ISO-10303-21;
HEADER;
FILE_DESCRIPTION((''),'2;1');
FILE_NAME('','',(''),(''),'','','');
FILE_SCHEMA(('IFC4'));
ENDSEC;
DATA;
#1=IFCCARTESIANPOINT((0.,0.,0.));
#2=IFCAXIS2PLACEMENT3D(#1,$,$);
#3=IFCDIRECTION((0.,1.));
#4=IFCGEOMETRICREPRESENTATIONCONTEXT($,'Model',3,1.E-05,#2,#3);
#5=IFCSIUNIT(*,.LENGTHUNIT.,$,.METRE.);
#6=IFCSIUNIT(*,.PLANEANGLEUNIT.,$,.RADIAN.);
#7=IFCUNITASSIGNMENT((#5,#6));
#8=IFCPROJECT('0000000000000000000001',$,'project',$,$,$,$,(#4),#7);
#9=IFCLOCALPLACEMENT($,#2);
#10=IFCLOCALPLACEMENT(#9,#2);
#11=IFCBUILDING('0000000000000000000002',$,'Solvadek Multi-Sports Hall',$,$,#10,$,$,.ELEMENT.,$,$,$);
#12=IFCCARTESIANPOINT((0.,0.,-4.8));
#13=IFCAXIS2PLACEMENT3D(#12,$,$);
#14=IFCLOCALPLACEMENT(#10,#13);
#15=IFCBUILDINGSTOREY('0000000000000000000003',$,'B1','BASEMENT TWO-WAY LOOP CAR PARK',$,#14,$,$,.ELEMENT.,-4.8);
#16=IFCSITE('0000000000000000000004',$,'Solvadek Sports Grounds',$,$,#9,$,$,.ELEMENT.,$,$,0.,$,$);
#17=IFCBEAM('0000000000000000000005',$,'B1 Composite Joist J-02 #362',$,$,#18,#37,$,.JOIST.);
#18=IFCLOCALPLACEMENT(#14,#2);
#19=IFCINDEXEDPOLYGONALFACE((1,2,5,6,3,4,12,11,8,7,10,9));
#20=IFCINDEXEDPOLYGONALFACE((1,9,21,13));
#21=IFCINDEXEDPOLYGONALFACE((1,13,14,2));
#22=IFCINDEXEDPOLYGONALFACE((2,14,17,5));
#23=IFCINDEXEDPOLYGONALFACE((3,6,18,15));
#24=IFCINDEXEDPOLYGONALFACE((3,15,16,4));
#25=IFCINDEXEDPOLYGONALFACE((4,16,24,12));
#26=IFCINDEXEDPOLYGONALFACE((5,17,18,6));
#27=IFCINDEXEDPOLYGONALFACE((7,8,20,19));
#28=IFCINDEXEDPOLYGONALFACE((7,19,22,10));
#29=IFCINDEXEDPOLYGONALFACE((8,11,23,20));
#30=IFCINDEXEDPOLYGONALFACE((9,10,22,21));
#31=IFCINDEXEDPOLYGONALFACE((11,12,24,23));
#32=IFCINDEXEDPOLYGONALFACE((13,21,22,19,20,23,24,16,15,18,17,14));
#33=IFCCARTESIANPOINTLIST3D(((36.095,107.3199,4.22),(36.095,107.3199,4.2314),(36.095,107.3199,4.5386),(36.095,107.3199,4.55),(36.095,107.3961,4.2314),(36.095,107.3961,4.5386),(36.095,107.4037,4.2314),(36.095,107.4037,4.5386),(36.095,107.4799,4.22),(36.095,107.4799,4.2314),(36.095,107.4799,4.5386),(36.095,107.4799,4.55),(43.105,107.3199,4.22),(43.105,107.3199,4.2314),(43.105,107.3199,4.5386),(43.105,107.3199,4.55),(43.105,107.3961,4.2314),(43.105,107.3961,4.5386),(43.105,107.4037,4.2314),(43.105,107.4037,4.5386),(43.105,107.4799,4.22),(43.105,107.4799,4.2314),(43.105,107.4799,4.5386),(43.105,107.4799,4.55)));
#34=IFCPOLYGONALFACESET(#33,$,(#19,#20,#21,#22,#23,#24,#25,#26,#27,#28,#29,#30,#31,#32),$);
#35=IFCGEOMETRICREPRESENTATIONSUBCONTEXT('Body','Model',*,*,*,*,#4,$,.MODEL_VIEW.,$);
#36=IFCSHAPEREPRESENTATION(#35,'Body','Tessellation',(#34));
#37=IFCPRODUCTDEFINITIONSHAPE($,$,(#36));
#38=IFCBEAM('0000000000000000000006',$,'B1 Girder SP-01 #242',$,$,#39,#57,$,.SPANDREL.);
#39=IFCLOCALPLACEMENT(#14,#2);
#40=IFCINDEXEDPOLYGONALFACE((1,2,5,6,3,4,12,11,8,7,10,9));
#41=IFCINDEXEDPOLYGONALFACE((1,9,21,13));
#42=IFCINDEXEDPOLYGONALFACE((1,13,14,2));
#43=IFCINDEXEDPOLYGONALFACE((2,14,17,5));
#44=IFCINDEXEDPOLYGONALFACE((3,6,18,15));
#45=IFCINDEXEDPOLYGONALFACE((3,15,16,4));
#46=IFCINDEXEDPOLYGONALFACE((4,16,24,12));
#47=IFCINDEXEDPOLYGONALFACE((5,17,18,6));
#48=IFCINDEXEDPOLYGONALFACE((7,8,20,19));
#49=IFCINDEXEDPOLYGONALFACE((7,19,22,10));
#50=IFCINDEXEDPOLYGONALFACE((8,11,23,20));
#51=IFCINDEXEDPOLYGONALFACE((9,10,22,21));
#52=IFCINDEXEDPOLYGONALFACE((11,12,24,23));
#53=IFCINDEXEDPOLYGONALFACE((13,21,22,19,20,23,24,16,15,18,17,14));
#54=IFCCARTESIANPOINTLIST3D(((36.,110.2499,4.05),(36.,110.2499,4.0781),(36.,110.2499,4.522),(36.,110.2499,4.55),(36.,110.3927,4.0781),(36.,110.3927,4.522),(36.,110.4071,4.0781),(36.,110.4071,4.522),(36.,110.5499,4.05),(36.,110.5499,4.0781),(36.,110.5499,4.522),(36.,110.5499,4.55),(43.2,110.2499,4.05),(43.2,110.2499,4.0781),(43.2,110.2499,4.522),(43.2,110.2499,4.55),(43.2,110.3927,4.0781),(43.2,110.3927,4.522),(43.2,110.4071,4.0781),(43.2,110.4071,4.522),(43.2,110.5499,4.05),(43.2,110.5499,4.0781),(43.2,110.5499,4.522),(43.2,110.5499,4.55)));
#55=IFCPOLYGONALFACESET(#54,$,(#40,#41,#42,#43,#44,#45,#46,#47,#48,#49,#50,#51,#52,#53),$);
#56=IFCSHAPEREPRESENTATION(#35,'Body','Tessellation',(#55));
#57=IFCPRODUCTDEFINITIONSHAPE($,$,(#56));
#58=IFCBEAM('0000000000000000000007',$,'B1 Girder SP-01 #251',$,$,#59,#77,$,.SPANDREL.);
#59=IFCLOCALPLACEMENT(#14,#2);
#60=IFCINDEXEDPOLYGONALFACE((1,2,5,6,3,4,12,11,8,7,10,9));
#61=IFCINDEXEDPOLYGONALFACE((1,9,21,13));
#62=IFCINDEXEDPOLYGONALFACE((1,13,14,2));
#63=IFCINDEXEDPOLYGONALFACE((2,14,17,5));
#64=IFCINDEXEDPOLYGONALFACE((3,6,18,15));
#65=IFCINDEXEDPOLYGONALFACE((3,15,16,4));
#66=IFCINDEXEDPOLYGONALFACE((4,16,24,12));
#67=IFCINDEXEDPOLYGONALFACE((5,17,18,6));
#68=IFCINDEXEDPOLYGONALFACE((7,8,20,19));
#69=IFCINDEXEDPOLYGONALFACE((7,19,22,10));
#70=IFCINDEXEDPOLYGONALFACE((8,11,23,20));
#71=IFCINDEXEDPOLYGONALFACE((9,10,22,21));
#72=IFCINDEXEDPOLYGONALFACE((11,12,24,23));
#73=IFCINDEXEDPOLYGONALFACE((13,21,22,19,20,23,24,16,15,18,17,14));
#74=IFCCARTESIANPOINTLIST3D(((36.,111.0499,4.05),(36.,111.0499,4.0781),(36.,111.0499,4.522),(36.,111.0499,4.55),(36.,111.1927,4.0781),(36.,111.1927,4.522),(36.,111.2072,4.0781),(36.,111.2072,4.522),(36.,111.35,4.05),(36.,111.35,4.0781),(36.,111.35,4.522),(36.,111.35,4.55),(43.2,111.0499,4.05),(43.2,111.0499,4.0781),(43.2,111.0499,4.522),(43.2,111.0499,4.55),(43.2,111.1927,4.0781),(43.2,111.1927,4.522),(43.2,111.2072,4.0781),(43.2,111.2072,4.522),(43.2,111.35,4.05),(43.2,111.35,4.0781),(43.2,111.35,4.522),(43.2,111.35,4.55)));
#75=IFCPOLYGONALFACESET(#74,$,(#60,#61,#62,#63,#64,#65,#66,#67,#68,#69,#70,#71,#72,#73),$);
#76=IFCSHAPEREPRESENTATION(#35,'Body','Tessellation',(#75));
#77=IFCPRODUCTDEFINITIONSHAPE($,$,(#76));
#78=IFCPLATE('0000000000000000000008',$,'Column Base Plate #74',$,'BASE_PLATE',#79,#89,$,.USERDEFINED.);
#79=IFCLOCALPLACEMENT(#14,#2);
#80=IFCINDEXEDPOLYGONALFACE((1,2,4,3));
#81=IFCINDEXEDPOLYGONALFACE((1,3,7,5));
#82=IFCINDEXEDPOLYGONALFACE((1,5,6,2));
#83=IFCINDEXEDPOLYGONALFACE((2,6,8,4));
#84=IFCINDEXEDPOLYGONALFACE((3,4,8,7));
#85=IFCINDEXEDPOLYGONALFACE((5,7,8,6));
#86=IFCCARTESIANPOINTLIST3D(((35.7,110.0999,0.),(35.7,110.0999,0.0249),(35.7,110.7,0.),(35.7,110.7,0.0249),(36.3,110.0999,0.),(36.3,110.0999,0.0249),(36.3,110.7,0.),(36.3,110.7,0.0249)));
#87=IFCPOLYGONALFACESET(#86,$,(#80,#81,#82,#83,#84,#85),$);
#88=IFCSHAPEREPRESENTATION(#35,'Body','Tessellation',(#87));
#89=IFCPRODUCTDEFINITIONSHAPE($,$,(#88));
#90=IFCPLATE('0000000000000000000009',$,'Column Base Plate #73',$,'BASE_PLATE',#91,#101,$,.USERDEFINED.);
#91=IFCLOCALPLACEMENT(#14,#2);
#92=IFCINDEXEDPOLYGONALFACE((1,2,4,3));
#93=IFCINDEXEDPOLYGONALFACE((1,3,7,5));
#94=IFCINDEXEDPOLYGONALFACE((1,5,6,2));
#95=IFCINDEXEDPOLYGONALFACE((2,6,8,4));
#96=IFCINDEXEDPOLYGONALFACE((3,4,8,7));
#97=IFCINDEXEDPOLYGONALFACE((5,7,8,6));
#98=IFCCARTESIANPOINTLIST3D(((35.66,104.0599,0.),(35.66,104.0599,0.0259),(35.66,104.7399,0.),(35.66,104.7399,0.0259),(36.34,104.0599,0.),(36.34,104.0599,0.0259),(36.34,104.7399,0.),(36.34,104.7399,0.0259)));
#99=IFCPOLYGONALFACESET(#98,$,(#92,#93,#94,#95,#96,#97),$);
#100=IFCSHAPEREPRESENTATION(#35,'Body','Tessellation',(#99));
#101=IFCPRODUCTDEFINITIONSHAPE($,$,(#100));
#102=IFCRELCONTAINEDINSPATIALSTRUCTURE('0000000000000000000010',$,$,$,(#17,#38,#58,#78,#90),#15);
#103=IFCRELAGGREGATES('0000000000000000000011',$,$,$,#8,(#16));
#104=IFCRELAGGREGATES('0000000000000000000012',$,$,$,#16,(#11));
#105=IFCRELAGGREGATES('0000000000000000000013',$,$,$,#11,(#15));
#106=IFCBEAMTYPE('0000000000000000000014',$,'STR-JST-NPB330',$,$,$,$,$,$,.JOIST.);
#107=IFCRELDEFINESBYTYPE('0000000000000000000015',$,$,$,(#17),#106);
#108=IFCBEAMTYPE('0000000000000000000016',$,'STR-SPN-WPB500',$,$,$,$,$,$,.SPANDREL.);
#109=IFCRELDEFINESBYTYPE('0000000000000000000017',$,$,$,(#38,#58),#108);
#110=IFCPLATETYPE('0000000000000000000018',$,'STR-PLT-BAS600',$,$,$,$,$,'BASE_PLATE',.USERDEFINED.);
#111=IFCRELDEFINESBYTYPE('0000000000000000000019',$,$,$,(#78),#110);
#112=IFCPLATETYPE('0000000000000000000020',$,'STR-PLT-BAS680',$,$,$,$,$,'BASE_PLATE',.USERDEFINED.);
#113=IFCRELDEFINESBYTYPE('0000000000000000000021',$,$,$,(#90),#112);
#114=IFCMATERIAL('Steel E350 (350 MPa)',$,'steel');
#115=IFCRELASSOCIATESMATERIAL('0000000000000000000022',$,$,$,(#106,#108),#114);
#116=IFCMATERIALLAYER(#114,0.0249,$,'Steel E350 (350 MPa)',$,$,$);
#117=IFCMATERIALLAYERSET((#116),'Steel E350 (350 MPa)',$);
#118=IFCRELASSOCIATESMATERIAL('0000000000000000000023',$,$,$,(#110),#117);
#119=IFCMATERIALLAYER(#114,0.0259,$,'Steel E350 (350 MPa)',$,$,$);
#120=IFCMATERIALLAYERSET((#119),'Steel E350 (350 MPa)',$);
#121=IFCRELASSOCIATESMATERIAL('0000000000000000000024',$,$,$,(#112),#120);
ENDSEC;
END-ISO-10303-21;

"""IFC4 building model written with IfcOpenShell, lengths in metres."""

from ifc_helpers import new_model, si_unit, direction, frame, origin, origin_2d, place, context, subcontext, project, spatial, rectangle, i_section, extrude, material, layer, layer_set, material_profile, profile_set, type_object, element, save


model = new_model("IFC4")

# Units and contexts
model_context = context("Model", 3, precision=1e-05, world=origin(), true_north=direction((0.0, 1.0)))
body_context = subcontext(model_context, "Body", "Model", "MODEL_VIEW")
ifc_project = project(units=[si_unit("LENGTHUNIT", "METRE"), si_unit("PLANEANGLEUNIT", "RADIAN")], contexts=[model_context])

# Site, building, storey
site_placement = place(None, origin())
site = spatial("IfcSite", under=ifc_project, at=site_placement, Name="Solvadek Sports Grounds", CompositionType="ELEMENT", RefElevation=0.0)
building_placement = place(site_placement, origin())
building = spatial("IfcBuilding", under=site, at=building_placement, Name="Solvadek Multi-Sports Hall", CompositionType="ELEMENT")
storey_placement = place(building_placement, frame((0.0, 0.0, -4.8)))
storey = spatial("IfcBuildingStorey", under=building, at=storey_placement, Name="B1", Description="BASEMENT TWO-WAY LOOP CAR PARK", CompositionType="ELEMENT", Elevation=-4.8)

# Shared definitions
ifc_material_1 = material(Name="Steel E350 (350 MPa)", Category="steel")

# Beams
ifc_material_profile_1 = material_profile(ifc_material_1, i_section(OverallWidth=0.1599, OverallDepth=0.3301, WebThickness=0.0076, FlangeThickness=0.0115, at=origin_2d()), Name="NPB 330")
ifc_profile_set_1 = profile_set([ifc_material_profile_1], Name="Steel E350 (350 MPa)")
beam_type_1 = type_object("IfcBeamType", Name="STR-JST-NPB330", PredefinedType="JOIST", material=ifc_profile_set_1)
beam_1_placement = place(storey_placement, frame((36.095, 107.3999, 4.385), z_axis=(1.0, 0.0, 0.0), x_axis=(0.0, 1.0, 0.0)))
element("IfcBeam", 1, at=beam_1_placement, inside=storey, type_object=beam_type_1, Name="B1 Composite Joist J-02 #362", PredefinedType="JOIST", context=body_context, shape_type="SweptSolid", body=[
    extrude(i_section(OverallWidth=0.1599, OverallDepth=0.3301, WebThickness=0.0076, FlangeThickness=0.0115, at=origin_2d()), origin(), (0.0, 0.0, 1.0), 7.01),
])
ifc_material_profile_2 = material_profile(ifc_material_1, i_section(OverallWidth=0.3, OverallDepth=0.5, WebThickness=0.0144, FlangeThickness=0.0281, at=origin_2d()), Name="WPB 500")
ifc_profile_set_2 = profile_set([ifc_material_profile_2], Name="Steel E350 (350 MPa)")
beam_type_2 = type_object("IfcBeamType", Name="STR-SPN-WPB500", PredefinedType="SPANDREL", material=ifc_profile_set_2)
for number, where, z_axis, x_axis, name in (
    (2, (36.0, 110.3999, 4.3), (1.0, 0.0, 0.0), (0.0, 1.0, 0.0), "B1 Girder SP-01 #242"),
    (3, (36.0, 111.2, 4.3), (1.0, 0.0, 0.0), (0.0, 1.0, 0.0), "B1 Girder SP-01 #251"),
):
    element("IfcBeam", number, at=place(storey_placement, frame(where, z_axis=z_axis, x_axis=x_axis)), inside=storey, type_object=beam_type_2, Name=name, PredefinedType="SPANDREL", context=body_context, shape_type="SweptSolid", body=[
        extrude(i_section(OverallWidth=0.3, OverallDepth=0.5, WebThickness=0.0144, FlangeThickness=0.0281, at=origin_2d()), origin(), (0.0, 0.0, 1.0), 7.2),
    ])

# Plates
ifc_layer_1 = layer(ifc_material_1, 0.0249, Name="Steel E350 (350 MPa)")
ifc_layer_set_1 = layer_set([ifc_layer_1], Name="Steel E350 (350 MPa)")
plate_type_1 = type_object("IfcPlateType", Name="STR-PLT-BAS600", ElementType="BASE_PLATE", PredefinedType="USERDEFINED", material=ifc_layer_set_1)
plate_1_placement = place(storey_placement, frame((36.0, 110.3999, 0.0), z_axis=(0.0, 0.0, 1.0), x_axis=(1.0, 0.0, 0.0)))
element("IfcPlate", 4, at=plate_1_placement, inside=storey, type_object=plate_type_1, Name="Column Base Plate #74", ObjectType="BASE_PLATE", PredefinedType="USERDEFINED", context=body_context, shape_type="SweptSolid", body=[
    extrude(rectangle(XDim=0.6001, YDim=0.6001, at=origin_2d()), origin(), (0.0, 0.0, 1.0), 0.0249),
])
ifc_layer_2 = layer(ifc_material_1, 0.0259, Name="Steel E350 (350 MPa)")
ifc_layer_set_2 = layer_set([ifc_layer_2], Name="Steel E350 (350 MPa)")
plate_type_2 = type_object("IfcPlateType", Name="STR-PLT-BAS680", ElementType="BASE_PLATE", PredefinedType="USERDEFINED", material=ifc_layer_set_2)
plate_2_placement = place(storey_placement, frame((36.0, 104.3999, 0.0), z_axis=(0.0, 0.0, 1.0), x_axis=(1.0, 0.0, 0.0)))
element("IfcPlate", 5, at=plate_2_placement, inside=storey, type_object=plate_type_2, Name="Column Base Plate #73", ObjectType="BASE_PLATE", PredefinedType="USERDEFINED", context=body_context, shape_type="SweptSolid", body=[
    extrude(rectangle(XDim=0.6799, YDim=0.6799, at=origin_2d()), origin(), (0.0, 0.0, 1.0), 0.0259),
])

save(model, "model.ifc")
